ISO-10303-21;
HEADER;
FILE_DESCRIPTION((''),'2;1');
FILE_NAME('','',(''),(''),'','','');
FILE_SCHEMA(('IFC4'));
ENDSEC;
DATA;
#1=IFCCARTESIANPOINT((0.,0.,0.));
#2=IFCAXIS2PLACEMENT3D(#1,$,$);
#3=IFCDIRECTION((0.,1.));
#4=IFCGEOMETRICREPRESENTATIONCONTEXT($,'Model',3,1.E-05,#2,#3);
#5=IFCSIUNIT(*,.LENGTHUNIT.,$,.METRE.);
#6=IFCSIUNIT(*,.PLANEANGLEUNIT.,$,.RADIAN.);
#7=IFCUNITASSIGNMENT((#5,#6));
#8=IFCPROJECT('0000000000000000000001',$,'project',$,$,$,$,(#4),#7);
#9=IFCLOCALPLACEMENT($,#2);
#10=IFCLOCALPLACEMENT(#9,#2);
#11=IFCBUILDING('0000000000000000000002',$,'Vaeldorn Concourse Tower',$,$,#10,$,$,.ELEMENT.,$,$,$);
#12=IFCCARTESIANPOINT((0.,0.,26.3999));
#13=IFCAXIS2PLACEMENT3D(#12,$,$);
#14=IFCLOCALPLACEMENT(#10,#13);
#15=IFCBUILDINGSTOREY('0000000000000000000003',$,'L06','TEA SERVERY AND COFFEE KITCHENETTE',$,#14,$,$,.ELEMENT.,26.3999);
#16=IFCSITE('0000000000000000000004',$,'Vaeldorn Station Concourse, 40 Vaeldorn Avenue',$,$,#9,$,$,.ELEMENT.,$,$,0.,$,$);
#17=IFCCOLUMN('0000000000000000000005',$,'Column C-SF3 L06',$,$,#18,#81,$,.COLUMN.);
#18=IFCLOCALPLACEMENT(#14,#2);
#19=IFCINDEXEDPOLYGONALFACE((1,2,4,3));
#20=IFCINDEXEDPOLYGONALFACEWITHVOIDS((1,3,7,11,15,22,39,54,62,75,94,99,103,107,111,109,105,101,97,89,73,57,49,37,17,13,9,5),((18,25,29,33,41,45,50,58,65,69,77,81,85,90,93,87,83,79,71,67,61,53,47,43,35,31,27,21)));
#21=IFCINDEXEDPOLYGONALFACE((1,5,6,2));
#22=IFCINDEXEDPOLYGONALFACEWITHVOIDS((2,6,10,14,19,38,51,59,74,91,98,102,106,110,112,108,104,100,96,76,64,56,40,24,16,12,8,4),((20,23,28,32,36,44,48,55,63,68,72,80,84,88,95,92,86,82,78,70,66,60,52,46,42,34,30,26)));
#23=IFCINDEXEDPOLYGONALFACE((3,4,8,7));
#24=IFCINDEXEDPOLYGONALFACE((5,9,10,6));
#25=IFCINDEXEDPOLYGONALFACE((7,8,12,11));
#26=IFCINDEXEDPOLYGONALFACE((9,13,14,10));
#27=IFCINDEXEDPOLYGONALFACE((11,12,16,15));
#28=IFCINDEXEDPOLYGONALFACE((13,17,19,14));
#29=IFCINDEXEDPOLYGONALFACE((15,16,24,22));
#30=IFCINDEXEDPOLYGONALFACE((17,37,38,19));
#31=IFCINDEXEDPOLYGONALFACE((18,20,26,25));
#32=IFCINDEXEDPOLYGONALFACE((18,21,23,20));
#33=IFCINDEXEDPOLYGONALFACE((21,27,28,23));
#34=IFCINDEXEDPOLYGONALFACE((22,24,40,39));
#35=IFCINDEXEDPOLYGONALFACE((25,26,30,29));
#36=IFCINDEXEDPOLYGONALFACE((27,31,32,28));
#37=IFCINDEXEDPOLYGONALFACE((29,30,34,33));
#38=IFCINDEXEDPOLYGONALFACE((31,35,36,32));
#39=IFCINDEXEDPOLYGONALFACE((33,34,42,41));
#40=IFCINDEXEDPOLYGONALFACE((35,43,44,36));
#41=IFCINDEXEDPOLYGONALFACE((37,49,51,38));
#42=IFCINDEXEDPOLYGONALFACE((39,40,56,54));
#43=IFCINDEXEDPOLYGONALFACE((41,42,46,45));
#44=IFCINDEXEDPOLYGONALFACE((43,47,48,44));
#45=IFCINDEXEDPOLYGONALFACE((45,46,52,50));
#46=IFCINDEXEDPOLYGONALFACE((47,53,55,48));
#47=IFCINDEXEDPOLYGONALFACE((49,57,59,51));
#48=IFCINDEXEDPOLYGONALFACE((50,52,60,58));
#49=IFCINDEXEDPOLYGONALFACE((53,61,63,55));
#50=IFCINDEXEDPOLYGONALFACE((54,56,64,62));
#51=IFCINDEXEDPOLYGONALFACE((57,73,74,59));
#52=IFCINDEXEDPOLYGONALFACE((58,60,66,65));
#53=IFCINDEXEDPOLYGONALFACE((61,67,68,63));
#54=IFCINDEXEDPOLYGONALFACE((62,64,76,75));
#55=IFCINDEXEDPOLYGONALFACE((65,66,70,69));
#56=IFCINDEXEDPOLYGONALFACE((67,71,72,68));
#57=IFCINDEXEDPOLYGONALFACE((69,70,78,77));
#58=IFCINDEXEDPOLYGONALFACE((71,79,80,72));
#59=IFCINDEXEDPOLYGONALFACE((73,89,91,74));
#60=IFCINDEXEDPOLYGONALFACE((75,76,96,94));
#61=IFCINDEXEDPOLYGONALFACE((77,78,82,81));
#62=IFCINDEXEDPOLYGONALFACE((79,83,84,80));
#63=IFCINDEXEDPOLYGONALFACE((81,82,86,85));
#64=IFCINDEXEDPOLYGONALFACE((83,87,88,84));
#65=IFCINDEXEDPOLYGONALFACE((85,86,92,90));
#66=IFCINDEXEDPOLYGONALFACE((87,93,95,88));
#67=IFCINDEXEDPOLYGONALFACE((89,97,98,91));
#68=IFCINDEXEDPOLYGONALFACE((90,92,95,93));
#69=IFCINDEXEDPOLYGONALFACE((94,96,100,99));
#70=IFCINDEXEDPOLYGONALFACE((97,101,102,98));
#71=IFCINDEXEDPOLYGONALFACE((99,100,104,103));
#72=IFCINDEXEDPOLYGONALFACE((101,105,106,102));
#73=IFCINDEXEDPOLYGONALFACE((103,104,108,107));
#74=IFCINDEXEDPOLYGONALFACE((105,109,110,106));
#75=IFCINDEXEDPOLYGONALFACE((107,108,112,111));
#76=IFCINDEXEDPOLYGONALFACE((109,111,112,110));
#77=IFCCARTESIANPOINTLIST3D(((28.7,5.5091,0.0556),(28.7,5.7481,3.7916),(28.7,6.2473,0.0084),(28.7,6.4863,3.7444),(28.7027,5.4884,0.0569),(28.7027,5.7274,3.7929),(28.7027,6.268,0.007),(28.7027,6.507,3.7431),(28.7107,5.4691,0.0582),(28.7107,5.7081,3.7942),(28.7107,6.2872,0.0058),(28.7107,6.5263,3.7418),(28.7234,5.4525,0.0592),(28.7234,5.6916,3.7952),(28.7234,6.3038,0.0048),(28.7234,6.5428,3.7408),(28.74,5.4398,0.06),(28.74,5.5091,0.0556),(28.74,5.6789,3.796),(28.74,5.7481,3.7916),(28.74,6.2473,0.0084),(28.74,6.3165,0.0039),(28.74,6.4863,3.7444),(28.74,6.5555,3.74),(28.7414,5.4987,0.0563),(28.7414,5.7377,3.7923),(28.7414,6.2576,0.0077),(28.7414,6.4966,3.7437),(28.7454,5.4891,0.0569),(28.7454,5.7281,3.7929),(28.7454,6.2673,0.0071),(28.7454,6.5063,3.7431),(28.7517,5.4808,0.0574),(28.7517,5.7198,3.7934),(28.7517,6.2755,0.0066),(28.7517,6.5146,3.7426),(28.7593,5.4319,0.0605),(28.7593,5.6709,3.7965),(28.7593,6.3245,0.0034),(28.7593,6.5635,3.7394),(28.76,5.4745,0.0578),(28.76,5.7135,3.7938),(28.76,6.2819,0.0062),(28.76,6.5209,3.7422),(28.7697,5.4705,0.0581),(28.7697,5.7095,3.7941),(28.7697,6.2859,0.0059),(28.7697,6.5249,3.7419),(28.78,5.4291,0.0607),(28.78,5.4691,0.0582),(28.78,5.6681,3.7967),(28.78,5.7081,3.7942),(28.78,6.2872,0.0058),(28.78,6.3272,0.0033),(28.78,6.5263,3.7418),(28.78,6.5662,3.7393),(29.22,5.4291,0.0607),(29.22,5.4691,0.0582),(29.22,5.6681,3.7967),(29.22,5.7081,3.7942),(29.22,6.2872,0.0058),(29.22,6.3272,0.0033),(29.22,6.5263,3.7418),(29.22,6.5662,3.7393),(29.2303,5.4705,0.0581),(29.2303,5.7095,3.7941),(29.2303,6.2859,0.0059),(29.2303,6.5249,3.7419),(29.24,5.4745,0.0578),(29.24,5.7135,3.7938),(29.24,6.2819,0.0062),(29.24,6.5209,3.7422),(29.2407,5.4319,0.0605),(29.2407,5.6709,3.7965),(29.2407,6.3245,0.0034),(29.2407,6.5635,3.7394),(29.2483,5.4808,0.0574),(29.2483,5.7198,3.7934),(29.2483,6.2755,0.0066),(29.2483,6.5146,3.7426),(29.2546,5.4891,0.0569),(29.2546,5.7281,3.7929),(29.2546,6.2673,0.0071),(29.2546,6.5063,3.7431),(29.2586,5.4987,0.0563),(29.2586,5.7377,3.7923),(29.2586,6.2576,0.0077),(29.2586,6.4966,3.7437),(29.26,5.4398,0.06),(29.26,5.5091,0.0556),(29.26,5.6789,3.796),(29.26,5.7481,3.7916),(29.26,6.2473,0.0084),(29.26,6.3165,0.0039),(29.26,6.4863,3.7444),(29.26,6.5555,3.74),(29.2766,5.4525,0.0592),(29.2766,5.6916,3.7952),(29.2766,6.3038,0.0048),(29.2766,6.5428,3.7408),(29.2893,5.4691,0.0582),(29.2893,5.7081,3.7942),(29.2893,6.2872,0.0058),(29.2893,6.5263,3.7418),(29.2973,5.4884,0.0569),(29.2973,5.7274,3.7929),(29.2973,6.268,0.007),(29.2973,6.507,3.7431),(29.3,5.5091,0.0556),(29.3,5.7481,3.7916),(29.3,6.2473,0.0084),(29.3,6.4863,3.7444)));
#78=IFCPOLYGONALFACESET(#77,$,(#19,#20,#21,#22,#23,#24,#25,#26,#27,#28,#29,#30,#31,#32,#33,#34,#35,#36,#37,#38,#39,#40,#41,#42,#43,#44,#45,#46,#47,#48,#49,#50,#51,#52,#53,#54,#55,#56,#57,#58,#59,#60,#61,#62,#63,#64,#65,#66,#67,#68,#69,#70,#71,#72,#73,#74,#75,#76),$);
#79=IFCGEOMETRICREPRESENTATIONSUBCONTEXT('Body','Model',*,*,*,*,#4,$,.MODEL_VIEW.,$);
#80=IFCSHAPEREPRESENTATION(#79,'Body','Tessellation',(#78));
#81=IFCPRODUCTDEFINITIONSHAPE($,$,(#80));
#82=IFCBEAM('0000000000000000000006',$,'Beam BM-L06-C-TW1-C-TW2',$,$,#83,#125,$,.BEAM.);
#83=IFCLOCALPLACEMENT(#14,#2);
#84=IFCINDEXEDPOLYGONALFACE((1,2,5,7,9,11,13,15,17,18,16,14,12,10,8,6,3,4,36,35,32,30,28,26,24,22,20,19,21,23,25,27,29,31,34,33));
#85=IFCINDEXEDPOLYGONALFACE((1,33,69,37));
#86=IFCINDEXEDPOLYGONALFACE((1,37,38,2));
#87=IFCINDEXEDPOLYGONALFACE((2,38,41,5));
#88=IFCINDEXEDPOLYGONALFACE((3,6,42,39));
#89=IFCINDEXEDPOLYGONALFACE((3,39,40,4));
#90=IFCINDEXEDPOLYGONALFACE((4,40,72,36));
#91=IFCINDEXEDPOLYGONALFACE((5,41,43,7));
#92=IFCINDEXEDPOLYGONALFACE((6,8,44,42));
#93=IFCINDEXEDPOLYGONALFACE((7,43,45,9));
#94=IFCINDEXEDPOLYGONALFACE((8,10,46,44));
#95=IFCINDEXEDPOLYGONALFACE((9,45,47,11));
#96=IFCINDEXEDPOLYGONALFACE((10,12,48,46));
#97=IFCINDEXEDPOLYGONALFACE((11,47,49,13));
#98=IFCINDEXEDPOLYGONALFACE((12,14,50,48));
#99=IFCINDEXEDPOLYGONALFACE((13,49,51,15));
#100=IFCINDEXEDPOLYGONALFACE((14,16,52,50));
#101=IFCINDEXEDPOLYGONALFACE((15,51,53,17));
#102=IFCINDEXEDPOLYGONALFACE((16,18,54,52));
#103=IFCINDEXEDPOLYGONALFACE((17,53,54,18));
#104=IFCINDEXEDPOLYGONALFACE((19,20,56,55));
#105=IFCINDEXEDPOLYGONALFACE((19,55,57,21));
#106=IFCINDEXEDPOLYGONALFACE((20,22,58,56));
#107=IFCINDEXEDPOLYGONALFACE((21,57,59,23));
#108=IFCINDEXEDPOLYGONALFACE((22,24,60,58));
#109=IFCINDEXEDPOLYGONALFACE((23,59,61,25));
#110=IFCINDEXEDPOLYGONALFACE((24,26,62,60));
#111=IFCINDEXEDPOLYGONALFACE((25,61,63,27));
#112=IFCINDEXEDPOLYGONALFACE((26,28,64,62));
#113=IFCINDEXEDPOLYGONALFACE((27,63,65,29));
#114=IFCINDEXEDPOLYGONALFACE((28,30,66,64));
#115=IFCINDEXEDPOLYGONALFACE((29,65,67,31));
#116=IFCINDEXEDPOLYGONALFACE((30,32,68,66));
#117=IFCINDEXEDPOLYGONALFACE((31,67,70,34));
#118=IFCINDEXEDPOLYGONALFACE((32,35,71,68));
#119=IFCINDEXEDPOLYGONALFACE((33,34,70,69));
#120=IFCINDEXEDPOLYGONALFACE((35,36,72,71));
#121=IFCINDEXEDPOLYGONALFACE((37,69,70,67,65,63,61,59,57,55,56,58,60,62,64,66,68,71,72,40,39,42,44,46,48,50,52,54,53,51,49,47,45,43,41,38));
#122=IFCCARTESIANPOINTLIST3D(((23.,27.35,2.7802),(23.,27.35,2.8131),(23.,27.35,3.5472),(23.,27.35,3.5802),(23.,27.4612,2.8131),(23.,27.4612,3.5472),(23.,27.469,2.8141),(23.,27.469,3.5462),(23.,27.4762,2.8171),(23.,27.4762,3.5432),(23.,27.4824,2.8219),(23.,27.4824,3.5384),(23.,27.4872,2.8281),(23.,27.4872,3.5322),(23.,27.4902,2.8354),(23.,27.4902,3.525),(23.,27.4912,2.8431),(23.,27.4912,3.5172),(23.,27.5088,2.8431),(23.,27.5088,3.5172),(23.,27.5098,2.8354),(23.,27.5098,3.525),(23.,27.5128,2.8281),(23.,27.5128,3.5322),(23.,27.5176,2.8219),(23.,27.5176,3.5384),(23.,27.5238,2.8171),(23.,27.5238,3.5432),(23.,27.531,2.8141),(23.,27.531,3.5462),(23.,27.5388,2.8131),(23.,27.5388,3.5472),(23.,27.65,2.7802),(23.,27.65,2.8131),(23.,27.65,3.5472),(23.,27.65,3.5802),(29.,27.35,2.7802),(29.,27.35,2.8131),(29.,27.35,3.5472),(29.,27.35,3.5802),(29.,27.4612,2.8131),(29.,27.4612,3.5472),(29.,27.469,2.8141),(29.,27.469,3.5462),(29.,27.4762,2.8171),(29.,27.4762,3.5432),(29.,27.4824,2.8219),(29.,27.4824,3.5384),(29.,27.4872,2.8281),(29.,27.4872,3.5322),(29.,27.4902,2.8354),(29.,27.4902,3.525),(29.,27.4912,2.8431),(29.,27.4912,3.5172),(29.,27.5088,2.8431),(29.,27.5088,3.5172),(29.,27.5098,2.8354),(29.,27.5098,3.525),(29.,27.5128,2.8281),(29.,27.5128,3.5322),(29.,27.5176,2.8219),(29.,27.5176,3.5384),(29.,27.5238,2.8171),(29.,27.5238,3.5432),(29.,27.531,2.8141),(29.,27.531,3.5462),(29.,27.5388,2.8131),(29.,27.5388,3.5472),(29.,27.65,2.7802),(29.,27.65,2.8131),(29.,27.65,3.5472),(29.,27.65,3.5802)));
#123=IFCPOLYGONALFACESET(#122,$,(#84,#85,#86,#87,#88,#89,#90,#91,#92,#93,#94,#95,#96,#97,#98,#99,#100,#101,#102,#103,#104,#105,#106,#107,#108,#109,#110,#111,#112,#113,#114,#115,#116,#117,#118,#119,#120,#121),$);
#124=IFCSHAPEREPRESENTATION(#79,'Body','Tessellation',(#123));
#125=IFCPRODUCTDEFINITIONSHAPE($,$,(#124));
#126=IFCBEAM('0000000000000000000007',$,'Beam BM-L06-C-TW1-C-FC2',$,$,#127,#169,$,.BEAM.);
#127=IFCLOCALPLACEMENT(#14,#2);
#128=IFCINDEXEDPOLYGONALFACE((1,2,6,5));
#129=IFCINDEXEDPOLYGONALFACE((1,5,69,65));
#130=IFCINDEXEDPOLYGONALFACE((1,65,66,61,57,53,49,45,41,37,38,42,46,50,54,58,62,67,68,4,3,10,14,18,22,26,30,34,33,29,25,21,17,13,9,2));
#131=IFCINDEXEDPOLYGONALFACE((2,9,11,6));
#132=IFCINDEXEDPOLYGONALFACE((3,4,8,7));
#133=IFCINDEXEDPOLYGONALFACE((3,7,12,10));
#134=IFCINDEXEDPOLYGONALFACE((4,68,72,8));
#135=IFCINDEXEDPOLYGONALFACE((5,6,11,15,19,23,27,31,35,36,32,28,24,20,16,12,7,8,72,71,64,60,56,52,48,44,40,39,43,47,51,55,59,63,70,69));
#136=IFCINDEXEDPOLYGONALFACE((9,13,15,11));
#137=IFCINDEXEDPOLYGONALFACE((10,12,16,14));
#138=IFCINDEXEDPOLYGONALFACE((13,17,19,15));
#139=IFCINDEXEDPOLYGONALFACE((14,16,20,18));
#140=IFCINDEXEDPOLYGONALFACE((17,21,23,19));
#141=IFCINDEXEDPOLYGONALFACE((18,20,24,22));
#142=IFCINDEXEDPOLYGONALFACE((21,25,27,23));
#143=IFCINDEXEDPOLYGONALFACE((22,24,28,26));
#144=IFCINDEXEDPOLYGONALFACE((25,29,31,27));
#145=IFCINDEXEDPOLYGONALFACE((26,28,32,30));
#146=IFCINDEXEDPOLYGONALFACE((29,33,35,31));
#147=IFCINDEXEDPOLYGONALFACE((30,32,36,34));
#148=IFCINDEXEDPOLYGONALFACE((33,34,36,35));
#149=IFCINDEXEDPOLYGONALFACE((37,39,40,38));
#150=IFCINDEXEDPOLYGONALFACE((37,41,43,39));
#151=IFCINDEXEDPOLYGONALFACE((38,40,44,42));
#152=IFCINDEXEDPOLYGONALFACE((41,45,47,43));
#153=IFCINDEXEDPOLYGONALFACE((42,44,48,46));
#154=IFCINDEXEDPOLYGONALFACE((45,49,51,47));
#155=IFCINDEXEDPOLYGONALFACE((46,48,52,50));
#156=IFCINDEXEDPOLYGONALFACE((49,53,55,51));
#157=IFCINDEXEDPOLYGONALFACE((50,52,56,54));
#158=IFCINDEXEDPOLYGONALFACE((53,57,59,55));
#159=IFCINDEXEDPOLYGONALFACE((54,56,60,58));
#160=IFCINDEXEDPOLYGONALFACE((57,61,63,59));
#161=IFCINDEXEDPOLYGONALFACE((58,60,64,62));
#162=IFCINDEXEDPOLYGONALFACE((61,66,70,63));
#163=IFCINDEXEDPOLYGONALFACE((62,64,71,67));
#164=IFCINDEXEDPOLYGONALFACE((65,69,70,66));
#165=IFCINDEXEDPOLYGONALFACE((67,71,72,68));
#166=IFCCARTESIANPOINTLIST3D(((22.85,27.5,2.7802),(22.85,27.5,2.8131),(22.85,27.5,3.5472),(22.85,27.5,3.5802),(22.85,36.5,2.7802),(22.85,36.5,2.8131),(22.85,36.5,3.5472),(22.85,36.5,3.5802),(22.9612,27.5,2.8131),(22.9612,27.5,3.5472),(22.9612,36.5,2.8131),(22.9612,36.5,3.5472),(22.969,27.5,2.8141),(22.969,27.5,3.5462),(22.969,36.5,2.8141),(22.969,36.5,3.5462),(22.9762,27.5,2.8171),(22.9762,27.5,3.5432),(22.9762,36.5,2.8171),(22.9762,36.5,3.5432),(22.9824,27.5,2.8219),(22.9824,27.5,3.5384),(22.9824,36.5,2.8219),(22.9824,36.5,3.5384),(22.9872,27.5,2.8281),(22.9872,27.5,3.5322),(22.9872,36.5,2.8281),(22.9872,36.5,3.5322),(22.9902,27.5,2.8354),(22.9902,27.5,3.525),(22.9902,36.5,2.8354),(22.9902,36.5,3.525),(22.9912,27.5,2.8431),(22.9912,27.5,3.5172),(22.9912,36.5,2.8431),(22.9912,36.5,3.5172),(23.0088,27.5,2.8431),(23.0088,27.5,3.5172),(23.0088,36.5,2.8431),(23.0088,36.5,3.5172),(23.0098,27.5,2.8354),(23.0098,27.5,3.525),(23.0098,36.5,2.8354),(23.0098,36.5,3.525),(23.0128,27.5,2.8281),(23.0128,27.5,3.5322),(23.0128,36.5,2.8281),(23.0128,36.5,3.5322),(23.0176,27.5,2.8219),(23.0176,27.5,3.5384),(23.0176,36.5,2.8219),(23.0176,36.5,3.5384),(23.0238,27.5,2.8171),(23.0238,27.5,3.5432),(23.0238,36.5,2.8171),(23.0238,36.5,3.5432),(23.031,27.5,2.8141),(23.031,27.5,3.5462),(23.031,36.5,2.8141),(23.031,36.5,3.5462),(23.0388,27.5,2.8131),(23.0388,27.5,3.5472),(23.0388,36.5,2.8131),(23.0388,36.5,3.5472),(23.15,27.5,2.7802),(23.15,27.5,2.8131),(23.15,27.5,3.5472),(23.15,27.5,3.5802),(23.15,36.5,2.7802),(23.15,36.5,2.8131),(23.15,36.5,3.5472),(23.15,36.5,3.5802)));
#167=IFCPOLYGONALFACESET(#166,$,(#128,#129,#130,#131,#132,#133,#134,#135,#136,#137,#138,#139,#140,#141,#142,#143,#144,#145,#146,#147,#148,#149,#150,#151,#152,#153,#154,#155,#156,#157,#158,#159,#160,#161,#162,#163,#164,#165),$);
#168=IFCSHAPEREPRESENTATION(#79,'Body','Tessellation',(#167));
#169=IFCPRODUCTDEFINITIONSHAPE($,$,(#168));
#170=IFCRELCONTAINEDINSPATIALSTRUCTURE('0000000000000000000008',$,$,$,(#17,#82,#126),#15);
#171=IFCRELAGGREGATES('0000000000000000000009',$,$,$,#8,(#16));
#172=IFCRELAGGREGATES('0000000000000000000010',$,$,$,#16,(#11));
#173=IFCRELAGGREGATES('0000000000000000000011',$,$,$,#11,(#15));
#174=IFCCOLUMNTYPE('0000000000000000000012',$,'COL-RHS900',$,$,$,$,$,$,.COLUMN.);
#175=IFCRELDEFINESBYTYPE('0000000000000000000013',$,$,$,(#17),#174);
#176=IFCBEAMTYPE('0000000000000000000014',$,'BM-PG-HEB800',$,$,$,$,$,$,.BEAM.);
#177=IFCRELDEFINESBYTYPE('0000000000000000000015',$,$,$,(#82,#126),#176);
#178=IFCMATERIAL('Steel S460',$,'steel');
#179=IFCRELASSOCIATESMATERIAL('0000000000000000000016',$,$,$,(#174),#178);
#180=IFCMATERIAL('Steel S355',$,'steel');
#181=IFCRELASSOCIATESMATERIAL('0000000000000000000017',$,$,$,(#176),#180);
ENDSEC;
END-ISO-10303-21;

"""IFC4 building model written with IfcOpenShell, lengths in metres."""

from ifc_helpers import new_model, si_unit, direction, frame, origin, origin_2d, place, context, subcontext, project, spatial, hollow_rectangle, i_section, extrude, source, transform, mapped, material, material_profile, profile_set, type_object, element, save


model = new_model("IFC4")

# Units and contexts
model_context = context("Model", 3, precision=1e-05, world=origin(), true_north=direction((0.0, 1.0)))
body_context = subcontext(model_context, "Body", "Model", "MODEL_VIEW")
ifc_project = project(units=[si_unit("LENGTHUNIT", "METRE"), si_unit("PLANEANGLEUNIT", "RADIAN")], contexts=[model_context])

# Site, building, storey
site_placement = place(None, origin())
site = spatial("IfcSite", under=ifc_project, at=site_placement, Name="Vaeldorn Station Concourse, 40 Vaeldorn Avenue", CompositionType="ELEMENT", RefElevation=0.0)
building_placement = place(site_placement, origin())
building = spatial("IfcBuilding", under=site, at=building_placement, Name="Vaeldorn Concourse Tower", CompositionType="ELEMENT")
storey_placement = place(building_placement, frame((0.0, 0.0, 26.3999)))
storey = spatial("IfcBuildingStorey", under=building, at=storey_placement, Name="L06", Description="TEA SERVERY AND COFFEE KITCHENETTE", CompositionType="ELEMENT", Elevation=26.3999)

# Column
ifc_material_1 = material(Name="Steel S460", Category="steel")
ifc_material_profile_1 = material_profile(ifc_material_1, hollow_rectangle(XDim=0.6001, YDim=0.8999, WallThickness=0.04, InnerFilletRadius=0.04, OuterFilletRadius=0.0801, at=origin_2d()), Name="RHS 900x600x40")
ifc_profile_set_1 = profile_set([ifc_material_profile_1], Name="Steel S460")
column_type_1 = type_object("IfcColumnType", Name="COL-RHS900", PredefinedType="COLUMN", material=ifc_profile_set_1)
shared_shape_1 = source(origin(), body_context, "Body", "SweptSolid", [
    extrude(hollow_rectangle(XDim=0.6001, YDim=0.8999, WallThickness=0.04, InnerFilletRadius=0.04, OuterFilletRadius=0.0801, at=origin_2d()), origin(), (0.0, 0.0, 1.0), 3.7437),
])
column_1_placement = place(storey_placement, frame((29.0, 5.8782, 0.032), z_axis=(0.0, 0.063844, 0.99796), x_axis=(-1.0, 0.0, 0.0)))
element("IfcColumn", 1, at=column_1_placement, inside=storey, type_object=column_type_1, Name="Column C-SF3 L06", PredefinedType="COLUMN", context=body_context, shape_type="MappedRepresentation", body=[
    mapped(shared_shape_1, transform((0.0, 0.0, 0.0), scale=1.0)),
])

# Beams
ifc_material_2 = material(Name="Steel S355", Category="steel")
ifc_material_profile_2 = material_profile(ifc_material_2, i_section(OverallWidth=0.3, OverallDepth=0.8, WebThickness=0.0176, FlangeThickness=0.033, FilletRadius=0.03, at=origin_2d()), Name="HEB 800")
ifc_profile_set_2 = profile_set([ifc_material_profile_2], Name="Steel S355")
beam_type_1 = type_object("IfcBeamType", Name="BM-PG-HEB800", PredefinedType="BEAM", material=ifc_profile_set_2)
shared_shape_2 = source(origin(), body_context, "Body", "SweptSolid", [
    extrude(i_section(OverallWidth=0.3, OverallDepth=0.8, WebThickness=0.0176, FlangeThickness=0.033, FilletRadius=0.03, at=origin_2d()), origin(), (0.0, 0.0, 1.0), 6.0),
])
beam_1_placement = place(storey_placement, frame((23.0, 27.5, 3.1802), z_axis=(1.0, 0.0, 0.0), x_axis=(0.0, 1.0, 0.0)))
element("IfcBeam", 2, at=beam_1_placement, inside=storey, type_object=beam_type_1, Name="Beam BM-L06-C-TW1-C-TW2", PredefinedType="BEAM", context=body_context, shape_type="MappedRepresentation", body=[
    mapped(shared_shape_2, transform((0.0, 0.0, 0.0), scale=1.0)),
])
shared_shape_3 = source(origin(), body_context, "Body", "SweptSolid", [
    extrude(i_section(OverallWidth=0.3, OverallDepth=0.8, WebThickness=0.0176, FlangeThickness=0.033, FilletRadius=0.03, at=origin_2d()), origin(), (0.0, 0.0, 1.0), 9.0),
])
beam_2_placement = place(storey_placement, frame((23.0, 27.5, 3.1802), z_axis=(0.0, 1.0, 0.0), x_axis=(-1.0, 0.0, 0.0)))
element("IfcBeam", 3, at=beam_2_placement, inside=storey, type_object=beam_type_1, Name="Beam BM-L06-C-TW1-C-FC2", PredefinedType="BEAM", context=body_context, shape_type="MappedRepresentation", body=[
    mapped(shared_shape_3, transform((0.0, 0.0, 0.0), scale=1.0)),
])

save(model, "model.ifc")
